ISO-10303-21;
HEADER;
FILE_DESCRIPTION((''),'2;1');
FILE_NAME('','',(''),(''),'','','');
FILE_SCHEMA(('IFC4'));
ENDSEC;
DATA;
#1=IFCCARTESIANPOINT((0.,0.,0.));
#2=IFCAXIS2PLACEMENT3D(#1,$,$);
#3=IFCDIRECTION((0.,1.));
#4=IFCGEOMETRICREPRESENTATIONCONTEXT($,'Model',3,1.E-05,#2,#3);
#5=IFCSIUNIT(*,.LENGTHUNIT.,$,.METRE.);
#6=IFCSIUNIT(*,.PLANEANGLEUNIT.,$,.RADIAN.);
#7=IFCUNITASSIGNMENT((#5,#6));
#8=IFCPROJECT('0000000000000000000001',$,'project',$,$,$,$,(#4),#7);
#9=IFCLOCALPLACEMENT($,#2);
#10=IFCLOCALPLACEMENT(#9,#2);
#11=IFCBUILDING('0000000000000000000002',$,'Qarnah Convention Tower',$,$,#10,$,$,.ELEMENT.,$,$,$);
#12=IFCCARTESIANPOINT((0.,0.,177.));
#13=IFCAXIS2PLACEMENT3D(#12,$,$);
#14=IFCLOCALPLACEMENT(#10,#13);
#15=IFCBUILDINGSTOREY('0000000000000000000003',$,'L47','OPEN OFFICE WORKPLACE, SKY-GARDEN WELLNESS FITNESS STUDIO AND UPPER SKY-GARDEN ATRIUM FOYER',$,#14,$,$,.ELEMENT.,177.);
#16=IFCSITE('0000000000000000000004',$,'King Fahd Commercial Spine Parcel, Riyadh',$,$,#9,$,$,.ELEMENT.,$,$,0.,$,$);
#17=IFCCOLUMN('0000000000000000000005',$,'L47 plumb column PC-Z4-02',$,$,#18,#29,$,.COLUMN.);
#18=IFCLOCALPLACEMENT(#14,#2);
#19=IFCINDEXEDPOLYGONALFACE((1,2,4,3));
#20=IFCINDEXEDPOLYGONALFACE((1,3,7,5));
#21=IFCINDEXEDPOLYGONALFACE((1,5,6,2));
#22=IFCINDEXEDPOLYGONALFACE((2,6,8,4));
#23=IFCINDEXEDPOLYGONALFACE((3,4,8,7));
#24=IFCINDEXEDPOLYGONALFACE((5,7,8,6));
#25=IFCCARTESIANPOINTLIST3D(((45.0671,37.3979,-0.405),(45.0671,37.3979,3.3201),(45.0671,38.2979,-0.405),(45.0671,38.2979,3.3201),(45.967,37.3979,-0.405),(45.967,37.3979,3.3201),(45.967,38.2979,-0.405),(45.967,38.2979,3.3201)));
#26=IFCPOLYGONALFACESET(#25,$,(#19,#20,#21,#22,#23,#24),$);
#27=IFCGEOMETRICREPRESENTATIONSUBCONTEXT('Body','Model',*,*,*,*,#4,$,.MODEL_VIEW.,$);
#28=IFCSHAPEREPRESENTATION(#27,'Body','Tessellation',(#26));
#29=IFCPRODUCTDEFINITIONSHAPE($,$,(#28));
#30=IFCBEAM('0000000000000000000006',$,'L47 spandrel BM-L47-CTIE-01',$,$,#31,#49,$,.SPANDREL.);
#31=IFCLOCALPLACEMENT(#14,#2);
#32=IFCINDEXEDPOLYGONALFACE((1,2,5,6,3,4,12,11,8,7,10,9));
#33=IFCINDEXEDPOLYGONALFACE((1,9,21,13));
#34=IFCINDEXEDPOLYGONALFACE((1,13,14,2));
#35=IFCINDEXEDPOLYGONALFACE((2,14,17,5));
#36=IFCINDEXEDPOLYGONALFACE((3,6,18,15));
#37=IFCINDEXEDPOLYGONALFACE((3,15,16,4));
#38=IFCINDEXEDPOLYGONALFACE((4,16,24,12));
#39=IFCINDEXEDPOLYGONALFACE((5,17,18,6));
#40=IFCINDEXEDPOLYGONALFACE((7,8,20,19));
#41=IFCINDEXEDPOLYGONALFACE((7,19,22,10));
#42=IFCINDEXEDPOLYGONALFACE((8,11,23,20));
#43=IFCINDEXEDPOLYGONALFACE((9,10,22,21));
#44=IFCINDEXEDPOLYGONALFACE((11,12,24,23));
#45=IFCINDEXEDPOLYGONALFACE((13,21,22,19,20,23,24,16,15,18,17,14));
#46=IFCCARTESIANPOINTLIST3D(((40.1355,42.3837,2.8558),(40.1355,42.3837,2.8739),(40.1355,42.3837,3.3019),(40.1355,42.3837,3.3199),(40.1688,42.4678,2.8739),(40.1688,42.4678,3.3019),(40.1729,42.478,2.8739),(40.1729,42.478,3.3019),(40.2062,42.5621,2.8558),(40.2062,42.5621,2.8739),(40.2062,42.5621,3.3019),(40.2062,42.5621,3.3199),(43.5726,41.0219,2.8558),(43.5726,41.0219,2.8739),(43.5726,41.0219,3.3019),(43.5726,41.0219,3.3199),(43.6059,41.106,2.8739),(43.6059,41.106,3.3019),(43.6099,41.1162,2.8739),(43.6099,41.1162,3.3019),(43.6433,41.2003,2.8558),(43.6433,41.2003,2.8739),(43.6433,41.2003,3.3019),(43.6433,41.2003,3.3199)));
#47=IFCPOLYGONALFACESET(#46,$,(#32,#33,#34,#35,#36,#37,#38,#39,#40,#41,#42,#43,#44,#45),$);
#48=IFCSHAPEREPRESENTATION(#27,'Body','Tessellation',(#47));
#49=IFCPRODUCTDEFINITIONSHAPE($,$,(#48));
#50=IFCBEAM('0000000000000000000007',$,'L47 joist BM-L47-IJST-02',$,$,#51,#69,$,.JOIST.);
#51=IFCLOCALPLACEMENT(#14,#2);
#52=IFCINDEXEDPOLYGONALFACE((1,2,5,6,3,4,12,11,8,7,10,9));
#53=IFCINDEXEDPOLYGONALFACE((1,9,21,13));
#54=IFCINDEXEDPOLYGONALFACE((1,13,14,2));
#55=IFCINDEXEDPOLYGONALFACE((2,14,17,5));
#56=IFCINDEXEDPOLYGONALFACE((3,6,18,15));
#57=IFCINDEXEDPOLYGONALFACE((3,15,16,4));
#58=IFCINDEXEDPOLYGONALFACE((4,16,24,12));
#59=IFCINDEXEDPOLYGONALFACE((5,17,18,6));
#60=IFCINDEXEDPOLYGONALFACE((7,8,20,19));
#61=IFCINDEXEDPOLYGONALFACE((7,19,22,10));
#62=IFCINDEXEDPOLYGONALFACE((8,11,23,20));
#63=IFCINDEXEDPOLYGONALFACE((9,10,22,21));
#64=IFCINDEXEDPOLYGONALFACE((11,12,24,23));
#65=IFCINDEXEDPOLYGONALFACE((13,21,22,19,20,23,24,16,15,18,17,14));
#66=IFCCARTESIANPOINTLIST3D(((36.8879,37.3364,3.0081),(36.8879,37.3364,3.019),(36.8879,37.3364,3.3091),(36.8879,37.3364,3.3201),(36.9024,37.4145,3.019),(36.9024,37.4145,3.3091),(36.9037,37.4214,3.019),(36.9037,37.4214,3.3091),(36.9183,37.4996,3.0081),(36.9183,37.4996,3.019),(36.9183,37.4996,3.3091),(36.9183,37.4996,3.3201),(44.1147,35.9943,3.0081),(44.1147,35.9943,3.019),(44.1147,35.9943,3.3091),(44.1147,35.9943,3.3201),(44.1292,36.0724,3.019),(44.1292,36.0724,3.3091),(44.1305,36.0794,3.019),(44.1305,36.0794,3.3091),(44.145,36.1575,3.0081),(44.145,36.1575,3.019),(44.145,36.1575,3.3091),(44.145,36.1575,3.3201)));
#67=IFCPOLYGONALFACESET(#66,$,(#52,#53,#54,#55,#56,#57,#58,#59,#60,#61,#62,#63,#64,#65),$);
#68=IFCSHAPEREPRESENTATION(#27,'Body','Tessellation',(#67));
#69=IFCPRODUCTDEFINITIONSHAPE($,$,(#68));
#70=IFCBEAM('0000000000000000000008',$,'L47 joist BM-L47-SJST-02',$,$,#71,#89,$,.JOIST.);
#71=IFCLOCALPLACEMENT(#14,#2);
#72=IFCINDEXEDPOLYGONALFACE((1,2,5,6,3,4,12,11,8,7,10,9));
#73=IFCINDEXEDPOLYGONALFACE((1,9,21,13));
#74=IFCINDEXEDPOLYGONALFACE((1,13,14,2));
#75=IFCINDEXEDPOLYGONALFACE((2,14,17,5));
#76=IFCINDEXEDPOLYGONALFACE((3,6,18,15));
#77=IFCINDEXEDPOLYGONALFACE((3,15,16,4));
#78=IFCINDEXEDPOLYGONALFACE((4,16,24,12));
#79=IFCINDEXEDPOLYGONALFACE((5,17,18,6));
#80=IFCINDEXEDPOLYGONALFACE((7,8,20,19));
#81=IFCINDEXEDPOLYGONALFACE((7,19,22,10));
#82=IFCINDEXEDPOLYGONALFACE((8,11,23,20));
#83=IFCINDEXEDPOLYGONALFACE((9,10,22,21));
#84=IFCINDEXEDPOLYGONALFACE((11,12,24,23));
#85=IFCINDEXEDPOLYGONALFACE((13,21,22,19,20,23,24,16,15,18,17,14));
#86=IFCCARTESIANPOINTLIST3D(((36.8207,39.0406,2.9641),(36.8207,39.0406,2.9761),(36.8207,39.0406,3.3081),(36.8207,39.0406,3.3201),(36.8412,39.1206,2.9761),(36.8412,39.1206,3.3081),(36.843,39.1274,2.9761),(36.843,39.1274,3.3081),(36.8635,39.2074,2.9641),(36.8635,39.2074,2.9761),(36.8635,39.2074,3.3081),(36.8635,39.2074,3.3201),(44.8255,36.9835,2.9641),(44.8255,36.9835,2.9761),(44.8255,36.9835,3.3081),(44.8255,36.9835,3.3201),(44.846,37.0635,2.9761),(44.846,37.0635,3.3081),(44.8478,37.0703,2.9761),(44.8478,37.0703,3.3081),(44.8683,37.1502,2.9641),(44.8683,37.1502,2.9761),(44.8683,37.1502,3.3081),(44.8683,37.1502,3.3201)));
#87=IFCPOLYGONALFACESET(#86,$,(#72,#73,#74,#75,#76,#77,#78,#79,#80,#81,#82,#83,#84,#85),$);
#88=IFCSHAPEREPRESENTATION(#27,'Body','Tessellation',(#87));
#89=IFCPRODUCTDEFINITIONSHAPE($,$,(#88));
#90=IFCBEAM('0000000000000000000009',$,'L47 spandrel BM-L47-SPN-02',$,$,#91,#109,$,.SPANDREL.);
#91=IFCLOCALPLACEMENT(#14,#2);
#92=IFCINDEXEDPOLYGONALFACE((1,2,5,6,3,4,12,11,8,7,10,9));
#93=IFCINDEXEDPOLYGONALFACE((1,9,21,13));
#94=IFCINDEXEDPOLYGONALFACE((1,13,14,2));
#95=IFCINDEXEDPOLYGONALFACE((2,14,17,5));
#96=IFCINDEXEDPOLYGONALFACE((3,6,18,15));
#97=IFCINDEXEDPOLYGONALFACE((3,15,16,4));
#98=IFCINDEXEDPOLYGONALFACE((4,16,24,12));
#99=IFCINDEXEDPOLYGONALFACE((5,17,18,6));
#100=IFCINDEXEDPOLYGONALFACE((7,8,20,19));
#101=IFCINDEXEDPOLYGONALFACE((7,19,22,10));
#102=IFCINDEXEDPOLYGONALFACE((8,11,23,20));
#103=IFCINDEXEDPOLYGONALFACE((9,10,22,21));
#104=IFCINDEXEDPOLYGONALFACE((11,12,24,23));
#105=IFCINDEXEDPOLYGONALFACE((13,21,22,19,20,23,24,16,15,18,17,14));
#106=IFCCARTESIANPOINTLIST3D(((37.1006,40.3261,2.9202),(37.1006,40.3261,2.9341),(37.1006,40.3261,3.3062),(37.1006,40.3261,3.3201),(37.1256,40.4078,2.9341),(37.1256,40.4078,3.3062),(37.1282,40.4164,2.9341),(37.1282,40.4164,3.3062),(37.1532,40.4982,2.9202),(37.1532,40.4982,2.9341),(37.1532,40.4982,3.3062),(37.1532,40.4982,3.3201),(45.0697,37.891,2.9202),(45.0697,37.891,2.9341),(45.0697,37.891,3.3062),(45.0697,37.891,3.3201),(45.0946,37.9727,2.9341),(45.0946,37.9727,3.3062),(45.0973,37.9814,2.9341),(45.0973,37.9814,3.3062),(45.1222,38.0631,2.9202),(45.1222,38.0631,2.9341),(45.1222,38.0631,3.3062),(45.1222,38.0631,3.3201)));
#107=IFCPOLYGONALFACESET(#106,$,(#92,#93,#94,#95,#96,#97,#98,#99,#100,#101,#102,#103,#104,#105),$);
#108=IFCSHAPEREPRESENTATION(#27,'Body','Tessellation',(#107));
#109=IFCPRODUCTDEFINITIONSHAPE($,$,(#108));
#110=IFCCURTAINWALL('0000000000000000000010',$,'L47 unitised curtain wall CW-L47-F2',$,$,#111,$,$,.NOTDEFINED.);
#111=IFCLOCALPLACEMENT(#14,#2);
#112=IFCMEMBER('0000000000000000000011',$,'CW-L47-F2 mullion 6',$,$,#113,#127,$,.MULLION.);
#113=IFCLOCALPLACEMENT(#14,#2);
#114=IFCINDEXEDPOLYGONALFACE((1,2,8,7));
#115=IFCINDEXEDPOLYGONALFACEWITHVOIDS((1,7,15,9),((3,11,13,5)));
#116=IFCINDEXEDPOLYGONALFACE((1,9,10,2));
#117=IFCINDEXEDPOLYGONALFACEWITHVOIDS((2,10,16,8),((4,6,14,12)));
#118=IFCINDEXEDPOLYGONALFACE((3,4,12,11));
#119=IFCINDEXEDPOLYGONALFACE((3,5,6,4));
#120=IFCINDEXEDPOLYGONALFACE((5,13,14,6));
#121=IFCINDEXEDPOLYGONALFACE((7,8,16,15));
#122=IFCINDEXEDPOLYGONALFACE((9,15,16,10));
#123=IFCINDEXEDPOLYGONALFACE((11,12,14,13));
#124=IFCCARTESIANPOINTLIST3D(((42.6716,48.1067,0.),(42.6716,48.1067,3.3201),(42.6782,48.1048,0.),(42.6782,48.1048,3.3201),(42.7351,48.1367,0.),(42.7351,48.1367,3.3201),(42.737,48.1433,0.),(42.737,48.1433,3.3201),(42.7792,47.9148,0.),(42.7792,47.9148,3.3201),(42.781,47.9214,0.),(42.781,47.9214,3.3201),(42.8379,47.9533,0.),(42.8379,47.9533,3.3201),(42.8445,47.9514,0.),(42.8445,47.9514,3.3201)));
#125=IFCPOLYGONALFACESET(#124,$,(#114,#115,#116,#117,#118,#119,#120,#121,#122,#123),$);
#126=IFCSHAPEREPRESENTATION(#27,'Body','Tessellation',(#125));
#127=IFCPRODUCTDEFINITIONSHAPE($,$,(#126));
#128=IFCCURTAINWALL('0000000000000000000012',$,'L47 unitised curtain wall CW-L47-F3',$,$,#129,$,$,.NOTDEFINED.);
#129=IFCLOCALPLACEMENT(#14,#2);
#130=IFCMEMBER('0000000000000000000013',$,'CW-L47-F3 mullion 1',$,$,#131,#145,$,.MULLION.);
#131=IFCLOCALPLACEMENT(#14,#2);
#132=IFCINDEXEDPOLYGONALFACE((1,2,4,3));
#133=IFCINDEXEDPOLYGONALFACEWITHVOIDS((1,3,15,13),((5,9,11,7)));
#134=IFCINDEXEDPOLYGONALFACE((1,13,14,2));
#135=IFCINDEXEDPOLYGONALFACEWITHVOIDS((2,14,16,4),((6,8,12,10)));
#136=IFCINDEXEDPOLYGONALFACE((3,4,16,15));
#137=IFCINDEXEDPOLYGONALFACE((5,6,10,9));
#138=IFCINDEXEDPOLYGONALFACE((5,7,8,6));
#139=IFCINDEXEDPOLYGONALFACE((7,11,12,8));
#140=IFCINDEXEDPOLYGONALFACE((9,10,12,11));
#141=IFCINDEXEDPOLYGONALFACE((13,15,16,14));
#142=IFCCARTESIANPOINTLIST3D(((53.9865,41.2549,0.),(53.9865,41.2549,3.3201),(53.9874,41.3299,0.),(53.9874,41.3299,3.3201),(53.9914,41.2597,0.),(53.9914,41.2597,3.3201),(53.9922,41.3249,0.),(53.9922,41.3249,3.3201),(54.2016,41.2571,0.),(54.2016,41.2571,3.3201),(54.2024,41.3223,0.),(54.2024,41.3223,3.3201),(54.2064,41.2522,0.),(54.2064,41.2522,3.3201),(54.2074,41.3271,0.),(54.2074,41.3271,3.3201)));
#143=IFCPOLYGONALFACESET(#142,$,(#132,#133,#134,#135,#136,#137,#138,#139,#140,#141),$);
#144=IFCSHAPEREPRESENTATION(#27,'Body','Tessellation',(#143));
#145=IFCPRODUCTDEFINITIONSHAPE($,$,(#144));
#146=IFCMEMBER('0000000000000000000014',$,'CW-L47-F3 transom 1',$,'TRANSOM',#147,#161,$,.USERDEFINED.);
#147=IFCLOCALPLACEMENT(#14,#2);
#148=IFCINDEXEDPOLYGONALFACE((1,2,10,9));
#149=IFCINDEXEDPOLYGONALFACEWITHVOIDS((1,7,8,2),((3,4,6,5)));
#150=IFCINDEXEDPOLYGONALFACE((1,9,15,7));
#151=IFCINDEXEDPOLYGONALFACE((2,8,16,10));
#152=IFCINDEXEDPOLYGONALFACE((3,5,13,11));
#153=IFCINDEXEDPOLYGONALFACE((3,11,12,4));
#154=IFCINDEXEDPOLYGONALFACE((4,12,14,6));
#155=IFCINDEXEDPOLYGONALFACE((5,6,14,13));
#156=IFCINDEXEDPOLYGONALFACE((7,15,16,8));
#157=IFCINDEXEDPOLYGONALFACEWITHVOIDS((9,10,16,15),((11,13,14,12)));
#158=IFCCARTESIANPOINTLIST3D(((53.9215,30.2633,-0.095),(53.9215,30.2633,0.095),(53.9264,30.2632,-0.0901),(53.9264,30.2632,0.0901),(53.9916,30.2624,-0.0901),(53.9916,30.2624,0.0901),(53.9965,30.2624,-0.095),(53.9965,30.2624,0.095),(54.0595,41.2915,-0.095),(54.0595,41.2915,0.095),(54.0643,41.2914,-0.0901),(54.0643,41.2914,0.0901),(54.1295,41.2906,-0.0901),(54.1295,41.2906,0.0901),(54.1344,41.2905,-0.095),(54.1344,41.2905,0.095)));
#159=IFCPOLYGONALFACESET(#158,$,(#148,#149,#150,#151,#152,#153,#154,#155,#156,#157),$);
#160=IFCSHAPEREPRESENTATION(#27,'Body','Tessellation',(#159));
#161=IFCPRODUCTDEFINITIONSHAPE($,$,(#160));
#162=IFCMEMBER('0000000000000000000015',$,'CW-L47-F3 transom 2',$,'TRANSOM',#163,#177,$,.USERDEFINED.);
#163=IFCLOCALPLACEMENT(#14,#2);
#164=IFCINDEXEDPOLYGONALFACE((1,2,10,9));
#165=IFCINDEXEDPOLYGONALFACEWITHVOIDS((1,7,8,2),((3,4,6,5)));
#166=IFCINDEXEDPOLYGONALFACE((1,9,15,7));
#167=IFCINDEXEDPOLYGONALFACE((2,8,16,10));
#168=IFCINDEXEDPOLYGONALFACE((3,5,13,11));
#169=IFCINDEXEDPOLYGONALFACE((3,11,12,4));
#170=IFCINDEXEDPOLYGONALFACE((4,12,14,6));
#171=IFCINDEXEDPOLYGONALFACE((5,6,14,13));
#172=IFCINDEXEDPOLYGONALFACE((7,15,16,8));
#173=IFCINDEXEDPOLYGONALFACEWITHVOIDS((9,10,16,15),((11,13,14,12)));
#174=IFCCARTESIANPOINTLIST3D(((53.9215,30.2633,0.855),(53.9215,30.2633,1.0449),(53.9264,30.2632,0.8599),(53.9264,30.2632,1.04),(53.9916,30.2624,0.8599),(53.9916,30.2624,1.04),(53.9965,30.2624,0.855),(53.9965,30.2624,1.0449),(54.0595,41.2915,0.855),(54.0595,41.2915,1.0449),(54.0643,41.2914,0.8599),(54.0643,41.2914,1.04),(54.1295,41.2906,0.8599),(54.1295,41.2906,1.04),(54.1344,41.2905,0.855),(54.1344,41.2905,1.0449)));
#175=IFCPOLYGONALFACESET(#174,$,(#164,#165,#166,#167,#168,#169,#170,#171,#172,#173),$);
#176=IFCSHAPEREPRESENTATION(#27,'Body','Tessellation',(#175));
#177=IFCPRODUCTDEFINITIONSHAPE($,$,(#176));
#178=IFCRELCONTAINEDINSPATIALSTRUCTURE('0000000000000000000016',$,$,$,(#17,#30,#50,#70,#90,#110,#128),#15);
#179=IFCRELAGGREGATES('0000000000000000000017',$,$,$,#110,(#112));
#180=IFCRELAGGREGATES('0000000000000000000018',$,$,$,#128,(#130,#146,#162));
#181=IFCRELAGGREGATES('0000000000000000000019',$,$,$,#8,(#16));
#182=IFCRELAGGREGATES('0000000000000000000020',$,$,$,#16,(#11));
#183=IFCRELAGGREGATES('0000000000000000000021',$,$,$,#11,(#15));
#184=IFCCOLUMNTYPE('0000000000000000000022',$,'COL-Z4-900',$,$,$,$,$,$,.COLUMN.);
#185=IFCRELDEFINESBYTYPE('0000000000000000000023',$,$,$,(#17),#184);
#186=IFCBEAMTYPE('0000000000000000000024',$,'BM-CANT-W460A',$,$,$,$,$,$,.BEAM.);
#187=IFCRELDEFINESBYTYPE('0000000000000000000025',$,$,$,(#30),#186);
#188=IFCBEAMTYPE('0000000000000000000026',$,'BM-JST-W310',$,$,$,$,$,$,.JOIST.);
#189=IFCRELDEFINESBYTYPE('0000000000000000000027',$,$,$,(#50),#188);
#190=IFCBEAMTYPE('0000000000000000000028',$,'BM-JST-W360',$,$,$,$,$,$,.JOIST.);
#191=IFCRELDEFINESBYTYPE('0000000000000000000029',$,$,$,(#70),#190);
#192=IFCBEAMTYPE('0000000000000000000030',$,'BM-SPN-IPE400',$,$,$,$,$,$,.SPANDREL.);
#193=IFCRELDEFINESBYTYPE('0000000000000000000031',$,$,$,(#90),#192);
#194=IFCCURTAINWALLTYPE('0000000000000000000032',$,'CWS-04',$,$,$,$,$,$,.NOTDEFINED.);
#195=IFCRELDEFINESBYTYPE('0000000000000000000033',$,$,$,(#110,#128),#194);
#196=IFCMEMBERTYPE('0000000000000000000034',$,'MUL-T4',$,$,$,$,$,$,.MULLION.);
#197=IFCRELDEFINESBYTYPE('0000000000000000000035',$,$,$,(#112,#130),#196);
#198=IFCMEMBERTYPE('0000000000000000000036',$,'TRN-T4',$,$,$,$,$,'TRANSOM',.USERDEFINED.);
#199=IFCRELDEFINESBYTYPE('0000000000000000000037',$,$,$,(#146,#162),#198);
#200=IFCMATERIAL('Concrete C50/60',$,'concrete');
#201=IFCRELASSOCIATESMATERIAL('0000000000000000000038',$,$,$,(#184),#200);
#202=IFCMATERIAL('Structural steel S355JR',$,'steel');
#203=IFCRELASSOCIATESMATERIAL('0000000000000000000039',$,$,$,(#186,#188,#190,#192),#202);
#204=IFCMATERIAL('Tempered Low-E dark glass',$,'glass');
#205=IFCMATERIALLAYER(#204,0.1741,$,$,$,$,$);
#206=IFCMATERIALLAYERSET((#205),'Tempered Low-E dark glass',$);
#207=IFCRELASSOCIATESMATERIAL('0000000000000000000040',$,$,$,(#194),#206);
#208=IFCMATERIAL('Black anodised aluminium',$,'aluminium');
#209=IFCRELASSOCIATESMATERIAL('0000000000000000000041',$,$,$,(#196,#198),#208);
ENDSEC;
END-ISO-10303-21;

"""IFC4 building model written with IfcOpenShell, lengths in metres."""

from ifc_helpers import new_model, si_unit, direction, frame, origin, origin_2d, place, context, subcontext, project, spatial, rectangle, hollow_rectangle, i_section, extrude, material, layer, layer_set, material_profile, profile_set, type_object, element, aggregate, save


model = new_model("IFC4")

# Units and contexts
model_context = context("Model", 3, precision=1e-05, world=origin(), true_north=direction((0.0, 1.0)))
body_context = subcontext(model_context, "Body", "Model", "MODEL_VIEW")
ifc_project = project(units=[si_unit("LENGTHUNIT", "METRE"), si_unit("PLANEANGLEUNIT", "RADIAN")], contexts=[model_context])

# Site, building, storey
site_placement = place(None, origin())
site = spatial("IfcSite", under=ifc_project, at=site_placement, Name="King Fahd Commercial Spine Parcel, Riyadh", CompositionType="ELEMENT", RefElevation=0.0)
building_placement = place(site_placement, origin())
building = spatial("IfcBuilding", under=site, at=building_placement, Name="Qarnah Convention Tower", CompositionType="ELEMENT")
storey_placement = place(building_placement, frame((0.0, 0.0, 177.0)))
storey = spatial("IfcBuildingStorey", under=building, at=storey_placement, Name="L47", Description="OPEN OFFICE WORKPLACE, SKY-GARDEN WELLNESS FITNESS STUDIO AND UPPER SKY-GARDEN ATRIUM FOYER", CompositionType="ELEMENT", Elevation=177.0)

# Column
ifc_material_1 = material(Name="Concrete C50/60", Category="concrete")
ifc_material_profile_1 = material_profile(ifc_material_1, rectangle(XDim=0.8999, YDim=0.8999, at=origin_2d()), Name="RC-COL-900X900")
ifc_profile_set_1 = profile_set([ifc_material_profile_1], Name="Concrete C50/60")
column_type = type_object("IfcColumnType", Name="COL-Z4-900", PredefinedType="COLUMN", material=ifc_profile_set_1)
column_placement = place(storey_placement, frame((45.5171, 37.8479, -0.405), z_axis=(0.0, 0.0, 1.0), x_axis=(1.0, 0.0, 0.0)))
element("IfcColumn", 1, at=column_placement, inside=storey, type_object=column_type, Name="L47 plumb column PC-Z4-02", PredefinedType="COLUMN", context=body_context, shape_type="SweptSolid", body=[
    extrude(rectangle(XDim=0.8999, YDim=0.8999, at=origin_2d()), origin(), (0.0, 0.0, 1.0), 3.7251),
])

# Beams
ifc_material_2 = material(Name="Structural steel S355JR", Category="steel")
ifc_material_profile_2 = material_profile(ifc_material_2, i_section(OverallWidth=0.1919, OverallDepth=0.4641, WebThickness=0.011, FlangeThickness=0.0181, at=origin_2d()), Name="W460X89")
ifc_profile_set_2 = profile_set([ifc_material_profile_2], Name="Structural steel S355JR")
beam_type_1 = type_object("IfcBeamType", Name="BM-CANT-W460A", PredefinedType="BEAM", material=ifc_profile_set_2)
beam_1_placement = place(storey_placement, frame((43.6079, 41.1111, 3.0879), z_axis=(-0.929683, 0.36836, 0.0), x_axis=(-0.36836, -0.929683, 0.0)))
element("IfcBeam", 2, at=beam_1_placement, inside=storey, type_object=beam_type_1, Name="L47 spandrel BM-L47-CTIE-01", PredefinedType="SPANDREL", context=body_context, shape_type="SweptSolid", body=[
    extrude(i_section(OverallWidth=0.1919, OverallDepth=0.4641, WebThickness=0.011, FlangeThickness=0.0181, at=origin_2d()), origin(), (0.0, 0.0, 1.0), 3.697),
])
ifc_material_profile_3 = material_profile(ifc_material_2, i_section(OverallWidth=0.166, OverallDepth=0.312, WebThickness=0.0071, FlangeThickness=0.011, at=origin_2d()), Name="W310X45")
ifc_profile_set_3 = profile_set([ifc_material_profile_3], Name="Structural steel S355JR")
beam_type_2 = type_object("IfcBeamType", Name="BM-JST-W310", PredefinedType="JOIST", material=ifc_profile_set_3)
beam_2_placement = place(storey_placement, frame((44.1299, 36.0759, 3.1641), z_axis=(-0.983191, 0.182582, 0.0), x_axis=(-0.182582, -0.983191, 0.0)))
element("IfcBeam", 3, at=beam_2_placement, inside=storey, type_object=beam_type_2, Name="L47 joist BM-L47-IJST-02", PredefinedType="JOIST", context=body_context, shape_type="SweptSolid", body=[
    extrude(i_section(OverallWidth=0.166, OverallDepth=0.312, WebThickness=0.0071, FlangeThickness=0.011, at=origin_2d()), origin(), (0.0, 0.0, 1.0), 7.3503),
])
ifc_material_profile_4 = material_profile(ifc_material_2, i_section(OverallWidth=0.1721, OverallDepth=0.356, WebThickness=0.0071, FlangeThickness=0.012, at=origin_2d()), Name="W360X51")
ifc_profile_set_4 = profile_set([ifc_material_profile_4], Name="Structural steel S355JR")
beam_type_3 = type_object("IfcBeamType", Name="BM-JST-W360", PredefinedType="JOIST", material=ifc_profile_set_4)
beam_3_placement = place(storey_placement, frame((44.8469, 37.0669, 3.1421), z_axis=(-0.96853, 0.248897, 0.0), x_axis=(-0.248897, -0.96853, 0.0)))
element("IfcBeam", 4, at=beam_3_placement, inside=storey, type_object=beam_type_3, Name="L47 joist BM-L47-SJST-02", PredefinedType="JOIST", context=body_context, shape_type="SweptSolid", body=[
    extrude(i_section(OverallWidth=0.1721, OverallDepth=0.356, WebThickness=0.0071, FlangeThickness=0.012, at=origin_2d()), origin(), (0.0, 0.0, 1.0), 8.2649),
])
ifc_material_profile_5 = material_profile(ifc_material_2, i_section(OverallWidth=0.1799, OverallDepth=0.3999, WebThickness=0.009, FlangeThickness=0.0139, at=origin_2d()), Name="IPE400")
ifc_profile_set_5 = profile_set([ifc_material_profile_5], Name="Structural steel S355JR")
beam_type_4 = type_object("IfcBeamType", Name="BM-SPN-IPE400", PredefinedType="SPANDREL", material=ifc_profile_set_5)
beam_4_placement = place(storey_placement, frame((45.0959, 37.9771, 3.1201), z_axis=(-0.956349, 0.292228, 0.0), x_axis=(-0.292228, -0.956349, 0.0)))
element("IfcBeam", 5, at=beam_4_placement, inside=storey, type_object=beam_type_4, Name="L47 spandrel BM-L47-SPN-02", PredefinedType="SPANDREL", context=body_context, shape_type="SweptSolid", body=[
    extrude(i_section(OverallWidth=0.1799, OverallDepth=0.3999, WebThickness=0.009, FlangeThickness=0.0139, at=origin_2d()), origin(), (0.0, 0.0, 1.0), 8.3328),
])

# Curtain wall, member
ifc_material_3 = material(Name="Tempered Low-E dark glass", Category="glass")
ifc_layer_1 = layer(ifc_material_3, 0.1741)
ifc_layer_set_1 = layer_set([ifc_layer_1], Name="Tempered Low-E dark glass")
curtain_wall_type = type_object("IfcCurtainWallType", Name="CWS-04", PredefinedType="NOTDEFINED", material=ifc_layer_set_1)
curtain_wall_1_placement = place(storey_placement, origin())
curtain_wall_1 = element("IfcCurtainWall", 6, at=curtain_wall_1_placement, inside=storey, type_object=curtain_wall_type, Name="L47 unitised curtain wall CW-L47-F2", PredefinedType="NOTDEFINED")
ifc_material_4 = material(Name="Black anodised aluminium", Category="aluminium")
ifc_material_profile_6 = material_profile(ifc_material_4, hollow_rectangle(XDim=0.075, YDim=0.22, WallThickness=0.0049, at=origin_2d()), Name="MUL-75X220")
ifc_profile_set_6 = profile_set([ifc_material_profile_6], Name="Black anodised aluminium")
member_type_1 = type_object("IfcMemberType", Name="MUL-T4", PredefinedType="MULLION", material=ifc_profile_set_6)
member_1_placement = place(storey_placement, frame((42.7581, 48.0291, 0.0), z_axis=(0.0, 0.0, 1.0), x_axis=(0.872235, 0.489088, 0.0)))
member_1 = element("IfcMember", 7, at=member_1_placement, type_object=member_type_1, Name="CW-L47-F2 mullion 6", PredefinedType="MULLION", context=body_context, shape_type="SweptSolid", body=[
    extrude(hollow_rectangle(XDim=0.075, YDim=0.22, WallThickness=0.0049, at=origin_2d()), origin(), (0.0, 0.0, 1.0), 3.3201),
])

# Curtain wall, members
curtain_wall_2_placement = place(storey_placement, origin())
curtain_wall_2 = element("IfcCurtainWall", 8, at=curtain_wall_2_placement, inside=storey, type_object=curtain_wall_type, Name="L47 unitised curtain wall CW-L47-F3", PredefinedType="NOTDEFINED")
member_2_placement = place(storey_placement, frame((54.0969, 41.291, 0.0), z_axis=(0.0, 0.0, 1.0), x_axis=(-0.012513, -0.999922, 0.0)))
member_2 = element("IfcMember", 9, at=member_2_placement, type_object=member_type_1, Name="CW-L47-F3 mullion 1", PredefinedType="MULLION", context=body_context, shape_type="SweptSolid", body=[
    extrude(hollow_rectangle(XDim=0.075, YDim=0.22, WallThickness=0.0049, at=origin_2d()), origin(), (0.0, 0.0, 1.0), 3.3201),
])
ifc_material_profile_7 = material_profile(ifc_material_4, hollow_rectangle(XDim=0.075, YDim=0.1899, WallThickness=0.0049, at=origin_2d()), Name="TRN-75X190")
ifc_profile_set_7 = profile_set([ifc_material_profile_7], Name="Black anodised aluminium")
member_type_2 = type_object("IfcMemberType", Name="TRN-T4", ElementType="TRANSOM", PredefinedType="USERDEFINED", material=ifc_profile_set_7)
member_3_placement = place(storey_placement, frame((54.0969, 41.291, 0.0), z_axis=(-0.012507, -0.999922, 0.0), x_axis=(0.999922, -0.012507, 0.0)))
member_3 = element("IfcMember", 10, at=member_3_placement, type_object=member_type_2, Name="CW-L47-F3 transom 1", ObjectType="TRANSOM", PredefinedType="USERDEFINED", context=body_context, shape_type="SweptSolid", body=[
    extrude(hollow_rectangle(XDim=0.075, YDim=0.1899, WallThickness=0.0049, at=origin_2d()), origin(), (0.0, 0.0, 1.0), 11.0291),
])
member_4_placement = place(storey_placement, frame((54.0969, 41.291, 0.95), z_axis=(-0.012507, -0.999922, 0.0), x_axis=(0.999922, -0.012507, 0.0)))
member_4 = element("IfcMember", 11, at=member_4_placement, type_object=member_type_2, Name="CW-L47-F3 transom 2", ObjectType="TRANSOM", PredefinedType="USERDEFINED", context=body_context, shape_type="SweptSolid", body=[
    extrude(hollow_rectangle(XDim=0.075, YDim=0.1899, WallThickness=0.0049, at=origin_2d()), origin(), (0.0, 0.0, 1.0), 11.0291),
])

aggregate(curtain_wall_1, [member_1])
aggregate(curtain_wall_2, [member_2, member_3, member_4])

save(model, "model.ifc")
